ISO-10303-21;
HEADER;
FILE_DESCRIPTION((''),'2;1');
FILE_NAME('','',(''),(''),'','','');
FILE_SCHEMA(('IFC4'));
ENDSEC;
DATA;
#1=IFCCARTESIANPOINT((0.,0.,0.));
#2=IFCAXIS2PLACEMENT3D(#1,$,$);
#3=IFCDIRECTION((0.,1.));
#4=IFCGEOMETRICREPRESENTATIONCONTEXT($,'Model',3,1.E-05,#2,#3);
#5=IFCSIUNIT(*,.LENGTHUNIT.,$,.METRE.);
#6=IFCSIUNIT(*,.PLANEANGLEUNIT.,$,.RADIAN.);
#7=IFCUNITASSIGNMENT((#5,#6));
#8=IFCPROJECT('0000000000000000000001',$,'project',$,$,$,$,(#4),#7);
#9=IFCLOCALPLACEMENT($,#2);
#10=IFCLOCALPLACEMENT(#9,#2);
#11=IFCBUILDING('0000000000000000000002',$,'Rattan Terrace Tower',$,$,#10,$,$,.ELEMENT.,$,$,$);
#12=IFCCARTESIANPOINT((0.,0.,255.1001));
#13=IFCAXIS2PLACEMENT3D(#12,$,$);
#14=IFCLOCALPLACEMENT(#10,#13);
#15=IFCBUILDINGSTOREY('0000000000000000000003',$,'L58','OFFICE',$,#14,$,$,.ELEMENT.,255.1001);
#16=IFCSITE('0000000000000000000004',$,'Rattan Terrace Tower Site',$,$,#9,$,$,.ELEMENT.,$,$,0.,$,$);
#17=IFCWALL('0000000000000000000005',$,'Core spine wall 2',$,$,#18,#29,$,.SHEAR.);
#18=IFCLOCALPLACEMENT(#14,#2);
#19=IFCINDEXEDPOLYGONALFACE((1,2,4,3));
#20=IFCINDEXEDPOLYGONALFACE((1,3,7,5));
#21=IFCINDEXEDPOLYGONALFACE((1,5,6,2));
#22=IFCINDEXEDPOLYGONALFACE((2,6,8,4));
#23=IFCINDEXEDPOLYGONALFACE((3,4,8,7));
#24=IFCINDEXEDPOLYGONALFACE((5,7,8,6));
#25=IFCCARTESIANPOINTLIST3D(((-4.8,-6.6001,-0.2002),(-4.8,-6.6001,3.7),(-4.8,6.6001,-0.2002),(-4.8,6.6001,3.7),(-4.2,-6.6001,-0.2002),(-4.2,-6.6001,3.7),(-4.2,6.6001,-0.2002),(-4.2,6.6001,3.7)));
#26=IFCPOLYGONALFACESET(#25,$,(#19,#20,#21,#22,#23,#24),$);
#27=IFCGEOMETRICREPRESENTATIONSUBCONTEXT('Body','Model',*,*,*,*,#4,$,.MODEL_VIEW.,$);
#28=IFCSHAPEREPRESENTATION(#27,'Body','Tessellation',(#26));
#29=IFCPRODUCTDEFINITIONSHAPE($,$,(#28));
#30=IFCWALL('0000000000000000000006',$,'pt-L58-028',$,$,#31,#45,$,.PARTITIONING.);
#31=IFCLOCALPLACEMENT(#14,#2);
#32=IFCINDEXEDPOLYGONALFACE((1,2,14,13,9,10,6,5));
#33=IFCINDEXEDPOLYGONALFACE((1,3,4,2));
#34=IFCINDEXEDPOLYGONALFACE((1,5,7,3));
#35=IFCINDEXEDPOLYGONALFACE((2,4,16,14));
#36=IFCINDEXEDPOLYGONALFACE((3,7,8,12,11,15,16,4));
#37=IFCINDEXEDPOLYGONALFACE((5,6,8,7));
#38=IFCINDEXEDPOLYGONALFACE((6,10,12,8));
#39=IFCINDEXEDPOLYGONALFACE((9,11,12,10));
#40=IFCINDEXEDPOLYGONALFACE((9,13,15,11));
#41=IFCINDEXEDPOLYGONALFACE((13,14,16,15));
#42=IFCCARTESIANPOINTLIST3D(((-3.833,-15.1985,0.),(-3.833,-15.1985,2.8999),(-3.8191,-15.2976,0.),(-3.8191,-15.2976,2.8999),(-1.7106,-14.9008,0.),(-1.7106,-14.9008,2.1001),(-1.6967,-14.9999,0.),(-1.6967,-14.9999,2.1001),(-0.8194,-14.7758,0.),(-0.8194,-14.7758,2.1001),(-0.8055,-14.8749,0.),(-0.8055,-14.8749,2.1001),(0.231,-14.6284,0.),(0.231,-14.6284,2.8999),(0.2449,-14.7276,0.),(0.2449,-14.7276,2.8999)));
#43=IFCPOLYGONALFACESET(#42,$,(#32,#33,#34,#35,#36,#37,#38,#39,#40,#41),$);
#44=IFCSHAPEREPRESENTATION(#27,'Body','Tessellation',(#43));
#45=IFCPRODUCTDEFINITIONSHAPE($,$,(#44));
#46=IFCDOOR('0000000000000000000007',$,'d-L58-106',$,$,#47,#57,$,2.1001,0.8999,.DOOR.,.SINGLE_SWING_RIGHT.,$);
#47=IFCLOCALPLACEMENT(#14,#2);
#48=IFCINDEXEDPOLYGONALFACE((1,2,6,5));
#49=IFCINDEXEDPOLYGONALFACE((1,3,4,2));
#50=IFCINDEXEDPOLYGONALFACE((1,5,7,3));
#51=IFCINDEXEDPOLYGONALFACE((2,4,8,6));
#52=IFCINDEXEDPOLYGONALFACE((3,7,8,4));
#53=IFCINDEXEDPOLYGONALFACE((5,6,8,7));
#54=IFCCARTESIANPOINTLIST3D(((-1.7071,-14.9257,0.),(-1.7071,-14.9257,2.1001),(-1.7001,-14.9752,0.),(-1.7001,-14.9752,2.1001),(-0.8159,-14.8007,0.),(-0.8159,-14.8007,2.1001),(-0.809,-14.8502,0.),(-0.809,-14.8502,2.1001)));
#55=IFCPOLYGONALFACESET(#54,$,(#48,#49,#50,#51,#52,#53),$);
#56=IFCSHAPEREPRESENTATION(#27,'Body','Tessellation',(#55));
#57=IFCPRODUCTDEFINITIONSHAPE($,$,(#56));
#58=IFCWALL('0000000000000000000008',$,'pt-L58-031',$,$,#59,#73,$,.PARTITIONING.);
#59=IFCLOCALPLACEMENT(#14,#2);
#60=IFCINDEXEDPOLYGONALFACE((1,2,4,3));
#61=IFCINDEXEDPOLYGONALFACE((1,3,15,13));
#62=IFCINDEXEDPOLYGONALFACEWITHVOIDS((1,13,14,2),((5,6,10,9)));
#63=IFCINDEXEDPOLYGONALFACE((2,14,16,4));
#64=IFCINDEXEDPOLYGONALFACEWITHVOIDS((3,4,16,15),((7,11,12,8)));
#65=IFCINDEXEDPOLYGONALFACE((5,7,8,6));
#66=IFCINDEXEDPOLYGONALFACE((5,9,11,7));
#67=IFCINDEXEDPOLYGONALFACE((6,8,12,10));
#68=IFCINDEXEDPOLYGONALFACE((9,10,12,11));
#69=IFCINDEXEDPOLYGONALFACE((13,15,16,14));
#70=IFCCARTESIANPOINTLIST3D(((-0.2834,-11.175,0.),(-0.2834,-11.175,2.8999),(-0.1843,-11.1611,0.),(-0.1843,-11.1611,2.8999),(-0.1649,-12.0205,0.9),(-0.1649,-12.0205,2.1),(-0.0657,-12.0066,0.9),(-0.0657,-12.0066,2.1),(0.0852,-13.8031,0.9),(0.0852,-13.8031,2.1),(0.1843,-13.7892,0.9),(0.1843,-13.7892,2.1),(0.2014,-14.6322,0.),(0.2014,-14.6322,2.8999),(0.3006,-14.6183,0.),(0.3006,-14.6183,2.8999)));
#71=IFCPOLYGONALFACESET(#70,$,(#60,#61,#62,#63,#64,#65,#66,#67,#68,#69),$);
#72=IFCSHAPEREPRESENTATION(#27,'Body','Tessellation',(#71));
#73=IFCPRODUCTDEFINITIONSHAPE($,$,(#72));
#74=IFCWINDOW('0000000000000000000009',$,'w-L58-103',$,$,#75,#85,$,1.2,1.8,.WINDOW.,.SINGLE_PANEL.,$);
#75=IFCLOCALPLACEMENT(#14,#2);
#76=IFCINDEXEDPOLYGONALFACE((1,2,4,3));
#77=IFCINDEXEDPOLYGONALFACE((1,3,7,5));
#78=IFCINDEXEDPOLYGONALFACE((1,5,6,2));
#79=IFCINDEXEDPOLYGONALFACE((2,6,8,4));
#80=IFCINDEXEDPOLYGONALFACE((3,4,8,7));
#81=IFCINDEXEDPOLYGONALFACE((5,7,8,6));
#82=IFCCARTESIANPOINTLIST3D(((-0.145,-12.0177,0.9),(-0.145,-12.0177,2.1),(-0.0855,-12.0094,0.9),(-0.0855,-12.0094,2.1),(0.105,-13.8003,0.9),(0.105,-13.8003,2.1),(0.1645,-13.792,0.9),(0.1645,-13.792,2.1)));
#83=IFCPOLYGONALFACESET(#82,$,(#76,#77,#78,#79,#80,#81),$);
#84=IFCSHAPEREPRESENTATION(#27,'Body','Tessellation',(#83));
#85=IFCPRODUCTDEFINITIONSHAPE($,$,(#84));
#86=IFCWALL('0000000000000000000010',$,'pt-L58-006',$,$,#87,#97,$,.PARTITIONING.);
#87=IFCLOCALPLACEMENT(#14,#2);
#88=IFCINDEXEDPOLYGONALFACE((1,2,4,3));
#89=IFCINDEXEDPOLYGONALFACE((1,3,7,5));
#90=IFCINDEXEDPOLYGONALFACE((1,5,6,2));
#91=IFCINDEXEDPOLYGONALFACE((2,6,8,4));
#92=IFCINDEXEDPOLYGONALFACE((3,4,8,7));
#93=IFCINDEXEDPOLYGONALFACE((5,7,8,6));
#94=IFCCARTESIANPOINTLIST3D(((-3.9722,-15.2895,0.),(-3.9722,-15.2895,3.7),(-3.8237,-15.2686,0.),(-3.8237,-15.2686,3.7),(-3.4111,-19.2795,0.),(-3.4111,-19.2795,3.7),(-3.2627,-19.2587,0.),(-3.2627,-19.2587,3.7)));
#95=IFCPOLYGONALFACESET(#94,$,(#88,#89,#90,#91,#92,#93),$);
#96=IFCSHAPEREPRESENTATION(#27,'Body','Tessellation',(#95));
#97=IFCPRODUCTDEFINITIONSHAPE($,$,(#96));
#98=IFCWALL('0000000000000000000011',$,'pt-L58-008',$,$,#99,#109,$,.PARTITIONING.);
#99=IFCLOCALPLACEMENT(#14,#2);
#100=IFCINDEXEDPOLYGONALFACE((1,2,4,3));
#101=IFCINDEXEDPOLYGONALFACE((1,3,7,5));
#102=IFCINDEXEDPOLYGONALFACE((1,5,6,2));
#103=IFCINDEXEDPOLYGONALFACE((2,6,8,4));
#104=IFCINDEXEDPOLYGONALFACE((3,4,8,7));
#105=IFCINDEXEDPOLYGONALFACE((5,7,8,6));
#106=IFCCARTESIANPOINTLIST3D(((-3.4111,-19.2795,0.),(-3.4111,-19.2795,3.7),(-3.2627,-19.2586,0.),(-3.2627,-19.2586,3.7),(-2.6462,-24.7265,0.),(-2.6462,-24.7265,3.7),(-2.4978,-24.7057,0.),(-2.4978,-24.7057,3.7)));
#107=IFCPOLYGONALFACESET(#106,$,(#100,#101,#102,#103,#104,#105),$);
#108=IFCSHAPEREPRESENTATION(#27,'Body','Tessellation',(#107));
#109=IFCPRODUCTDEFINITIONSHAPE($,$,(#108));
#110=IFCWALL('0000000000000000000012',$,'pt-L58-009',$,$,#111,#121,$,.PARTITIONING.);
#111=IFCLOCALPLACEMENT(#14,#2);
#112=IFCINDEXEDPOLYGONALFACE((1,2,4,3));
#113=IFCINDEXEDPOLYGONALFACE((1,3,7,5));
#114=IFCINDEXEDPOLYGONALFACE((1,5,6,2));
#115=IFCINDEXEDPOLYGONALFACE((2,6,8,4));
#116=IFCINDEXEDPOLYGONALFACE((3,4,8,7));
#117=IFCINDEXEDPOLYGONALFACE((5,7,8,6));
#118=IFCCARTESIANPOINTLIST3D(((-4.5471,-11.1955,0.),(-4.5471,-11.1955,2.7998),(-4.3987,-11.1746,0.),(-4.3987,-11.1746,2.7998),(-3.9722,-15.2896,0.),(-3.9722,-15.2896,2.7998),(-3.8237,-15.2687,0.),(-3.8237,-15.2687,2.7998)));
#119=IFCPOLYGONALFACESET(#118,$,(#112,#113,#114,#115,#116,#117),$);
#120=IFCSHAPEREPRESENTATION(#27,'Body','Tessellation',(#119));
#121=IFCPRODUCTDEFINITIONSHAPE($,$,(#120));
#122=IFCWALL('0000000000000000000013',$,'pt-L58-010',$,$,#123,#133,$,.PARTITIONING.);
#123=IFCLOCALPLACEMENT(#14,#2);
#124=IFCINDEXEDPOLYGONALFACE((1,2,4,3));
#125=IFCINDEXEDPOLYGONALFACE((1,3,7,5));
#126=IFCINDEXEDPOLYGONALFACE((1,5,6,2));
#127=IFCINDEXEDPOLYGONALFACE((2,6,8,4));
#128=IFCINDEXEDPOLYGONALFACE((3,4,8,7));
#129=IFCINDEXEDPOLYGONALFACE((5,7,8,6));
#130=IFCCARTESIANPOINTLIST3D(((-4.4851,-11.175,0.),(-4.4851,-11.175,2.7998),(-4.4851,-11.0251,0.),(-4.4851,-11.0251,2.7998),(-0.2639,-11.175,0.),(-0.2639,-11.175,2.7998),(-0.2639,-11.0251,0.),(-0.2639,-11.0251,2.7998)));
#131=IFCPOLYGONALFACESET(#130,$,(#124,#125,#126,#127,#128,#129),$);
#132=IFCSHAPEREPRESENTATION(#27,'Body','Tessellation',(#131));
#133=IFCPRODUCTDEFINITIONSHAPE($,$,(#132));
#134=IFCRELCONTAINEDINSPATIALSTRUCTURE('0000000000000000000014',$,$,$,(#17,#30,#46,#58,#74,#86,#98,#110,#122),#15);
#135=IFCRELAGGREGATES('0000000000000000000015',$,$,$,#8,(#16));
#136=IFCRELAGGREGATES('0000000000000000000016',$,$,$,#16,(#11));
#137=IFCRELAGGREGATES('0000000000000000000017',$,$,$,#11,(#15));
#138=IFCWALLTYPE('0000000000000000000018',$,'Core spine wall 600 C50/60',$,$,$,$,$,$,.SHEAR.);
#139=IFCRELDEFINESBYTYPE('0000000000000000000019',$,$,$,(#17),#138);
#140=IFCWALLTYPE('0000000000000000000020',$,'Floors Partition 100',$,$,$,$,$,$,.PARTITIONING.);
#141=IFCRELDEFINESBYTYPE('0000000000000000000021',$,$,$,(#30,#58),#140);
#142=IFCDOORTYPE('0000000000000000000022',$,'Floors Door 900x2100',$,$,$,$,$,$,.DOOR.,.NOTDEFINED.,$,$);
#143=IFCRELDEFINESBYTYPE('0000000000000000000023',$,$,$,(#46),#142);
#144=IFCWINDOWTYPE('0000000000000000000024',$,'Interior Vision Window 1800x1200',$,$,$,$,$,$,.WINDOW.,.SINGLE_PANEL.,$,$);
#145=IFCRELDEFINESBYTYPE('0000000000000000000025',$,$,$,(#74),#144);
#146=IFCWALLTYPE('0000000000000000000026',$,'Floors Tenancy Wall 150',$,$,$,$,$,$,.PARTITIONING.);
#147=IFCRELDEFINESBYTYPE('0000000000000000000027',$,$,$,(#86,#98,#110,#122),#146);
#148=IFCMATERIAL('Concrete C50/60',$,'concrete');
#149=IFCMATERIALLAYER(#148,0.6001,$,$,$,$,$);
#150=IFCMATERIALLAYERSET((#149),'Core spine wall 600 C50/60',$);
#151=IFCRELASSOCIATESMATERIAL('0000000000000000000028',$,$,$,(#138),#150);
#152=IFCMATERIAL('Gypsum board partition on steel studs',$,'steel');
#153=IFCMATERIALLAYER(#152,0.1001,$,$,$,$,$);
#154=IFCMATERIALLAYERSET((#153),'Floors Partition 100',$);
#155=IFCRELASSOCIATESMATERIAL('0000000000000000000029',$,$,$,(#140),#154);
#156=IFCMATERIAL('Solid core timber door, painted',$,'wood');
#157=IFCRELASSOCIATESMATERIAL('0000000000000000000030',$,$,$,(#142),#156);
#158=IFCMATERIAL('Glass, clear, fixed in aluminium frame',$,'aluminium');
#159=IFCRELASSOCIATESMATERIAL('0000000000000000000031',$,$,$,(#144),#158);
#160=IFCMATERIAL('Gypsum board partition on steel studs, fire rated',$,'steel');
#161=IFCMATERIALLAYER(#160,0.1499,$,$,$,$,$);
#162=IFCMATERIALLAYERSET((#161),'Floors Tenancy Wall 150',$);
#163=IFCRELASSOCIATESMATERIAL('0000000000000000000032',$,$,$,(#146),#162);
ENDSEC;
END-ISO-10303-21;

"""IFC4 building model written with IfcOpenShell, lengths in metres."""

from ifc_helpers import new_model, si_unit, direction, frame, frame_2d, origin, place, context, subcontext, project, spatial, rectangle, extrude, material, layer, layer_set, type_object, element, fill, save


model = new_model("IFC4")

# Units and contexts
model_context = context("Model", 3, precision=1e-05, world=origin(), true_north=direction((0.0, 1.0)))
body_context = subcontext(model_context, "Body", "Model", "MODEL_VIEW")
ifc_project = project(units=[si_unit("LENGTHUNIT", "METRE"), si_unit("PLANEANGLEUNIT", "RADIAN")], contexts=[model_context])

# Site, building, storey
site_placement = place(None, origin())
site = spatial("IfcSite", under=ifc_project, at=site_placement, Name="Rattan Terrace Tower Site", CompositionType="ELEMENT", RefElevation=0.0)
building_placement = place(site_placement, origin())
building = spatial("IfcBuilding", under=site, at=building_placement, Name="Rattan Terrace Tower", CompositionType="ELEMENT")
storey_placement = place(building_placement, frame((0.0, 0.0, 255.1001)))
storey = spatial("IfcBuildingStorey", under=building, at=storey_placement, Name="L58", Description="OFFICE", CompositionType="ELEMENT", Elevation=255.1001)

# Wall
ifc_material_1 = material(Name="Concrete C50/60", Category="concrete")
ifc_layer_1 = layer(ifc_material_1, 0.6001)
ifc_layer_set_1 = layer_set([ifc_layer_1], Name="Core spine wall 600 C50/60")
wall_type_1 = type_object("IfcWallType", Name="Core spine wall 600 C50/60", PredefinedType="SHEAR", material=ifc_layer_set_1)
wall_1_placement = place(storey_placement, frame((-4.5, -6.6001, -0.2002), z_axis=(0.0, 0.0, 1.0), x_axis=(0.0, 1.0, 0.0)))
element("IfcWall", 1, at=wall_1_placement, inside=storey, type_object=wall_type_1, Name="Core spine wall 2", PredefinedType="SHEAR", context=body_context, shape_type="SweptSolid", body=[
    extrude(rectangle(XDim=13.2002, YDim=0.6001, at=frame_2d((6.6001, 0.0))), origin(), (0.0, 0.0, 1.0), 3.9001),
])

# Wall, opening, door
ifc_material_2 = material(Name="Gypsum board partition on steel studs", Category="steel")
ifc_layer_2 = layer(ifc_material_2, 0.1001)
ifc_layer_set_2 = layer_set([ifc_layer_2], Name="Floors Partition 100")
wall_type_2 = type_object("IfcWallType", Name="Floors Partition 100", PredefinedType="PARTITIONING", material=ifc_layer_set_2)
wall_2_placement = place(storey_placement, frame((-3.8259, -15.248, 0.0), z_axis=(0.0, 0.0, 1.0), x_axis=(0.990304, 0.138914, 0.0)))
wall_2 = element("IfcWall", 2, at=wall_2_placement, inside=storey, type_object=wall_type_2, Name="pt-L58-028", PredefinedType="PARTITIONING", context=body_context, shape_type="SweptSolid", body=[
    extrude(rectangle(XDim=4.1038, YDim=0.1001, at=frame_2d((2.0518, 0.0))), origin(), (0.0, 0.0, 1.0), 2.8999),
])
opening_1_placement = place(wall_2_placement, frame((2.1431, 0.0, 0.0)))
opening_1 = element("IfcOpeningElement", 3, at=opening_1_placement, cuts=wall_2, PredefinedType="OPENING", context=body_context, shape_type="SweptSolid", body=[
    extrude(rectangle(XDim=0.8999, YDim=2.1001, at=frame_2d((0.45, 1.05))), frame((0.0, 0.0605, 0.0), z_axis=(0.0, -1.0, 0.0), x_axis=(1.0, 0.0, 0.0)), (0.0, 0.0, 1.0), 0.1211),
])
ifc_material_3 = material(Name="Solid core timber door, painted", Category="wood")
door_type_1 = type_object("IfcDoorType", Name="Floors Door 900x2100", OperationType="NOTDEFINED", PredefinedType="DOOR", material=ifc_material_3)
door_1_placement = place(opening_1_placement, origin())
door_1 = element("IfcDoor", 4, at=door_1_placement, inside=storey, type_object=door_type_1, Name="d-L58-106", OperationType="SINGLE_SWING_RIGHT", OverallHeight=2.1001, OverallWidth=0.8999, PredefinedType="DOOR", context=body_context, shape_type="SweptSolid", body=[
    extrude(rectangle(XDim=0.8999, YDim=2.1001, at=frame_2d((0.45, 1.05))), frame((0.0, 0.0249, 0.0), z_axis=(0.0, -1.0, 0.0), x_axis=(1.0, 0.0, 0.0)), (0.0, 0.0, 1.0), 0.05),
])
fill(opening_1, door_1)

# Wall, opening, window
wall_3_placement = place(storey_placement, frame((-0.2339, -11.168, 0.0), z_axis=(0.0, 0.0, 1.0), x_axis=(0.138895, -0.990307, 0.0)))
wall_3 = element("IfcWall", 5, at=wall_3_placement, inside=storey, type_object=wall_type_2, Name="pt-L58-031", PredefinedType="PARTITIONING", context=body_context, shape_type="SweptSolid", body=[
    extrude(rectangle(XDim=3.491, YDim=0.1001, at=frame_2d((1.7456, 0.0))), origin(), (0.0, 0.0, 1.0), 2.8999),
])
opening_2_placement = place(wall_3_placement, frame((0.854, 0.0, 0.8999)))
opening_2 = element("IfcOpeningElement", 6, at=opening_2_placement, cuts=wall_3, PredefinedType="OPENING", context=body_context, shape_type="SweptSolid", body=[
    extrude(rectangle(XDim=1.8, YDim=1.2, at=frame_2d((0.8999, 0.6001))), frame((0.0, 0.0605, 0.0), z_axis=(0.0, -1.0, 0.0), x_axis=(1.0, 0.0, 0.0)), (0.0, 0.0, 1.0), 0.1211),
])
ifc_material_4 = material(Name="Glass, clear, fixed in aluminium frame", Category="aluminium")
window_type = type_object("IfcWindowType", Name="Interior Vision Window 1800x1200", PartitioningType="SINGLE_PANEL", PredefinedType="WINDOW", material=ifc_material_4)
window_placement = place(opening_2_placement, origin())
window = element("IfcWindow", 7, at=window_placement, inside=storey, type_object=window_type, Name="w-L58-103", OverallHeight=1.2, OverallWidth=1.8, PartitioningType="SINGLE_PANEL", PredefinedType="WINDOW", context=body_context, shape_type="SweptSolid", body=[
    extrude(rectangle(XDim=1.8, YDim=1.2, at=frame_2d((0.8999, 0.6001))), frame((0.0, 0.03, 0.0), z_axis=(0.0, -1.0, 0.0), x_axis=(1.0, 0.0, 0.0)), (0.0, 0.0, 1.0), 0.0601),
])
fill(opening_2, window)

# Walls
ifc_material_5 = material(Name="Gypsum board partition on steel studs, fire rated", Category="steel")
ifc_layer_3 = layer(ifc_material_5, 0.1499)
ifc_layer_set_3 = layer_set([ifc_layer_3], Name="Floors Tenancy Wall 150")
wall_type_3 = type_object("IfcWallType", Name="Floors Tenancy Wall 150", PredefinedType="PARTITIONING", material=ifc_layer_set_3)
wall_4_placement = place(storey_placement, frame((-3.8979, -15.2791, 0.0), z_axis=(0.0, 0.0, 1.0), x_axis=(0.139241, -0.990259, 0.0)))
element("IfcWall", 8, at=wall_4_placement, inside=storey, type_object=wall_type_3, Name="pt-L58-006", PredefinedType="PARTITIONING", context=body_context, shape_type="SweptSolid", body=[
    extrude(rectangle(XDim=4.0293, YDim=0.1499, at=frame_2d((2.0146, 0.0))), origin(), (0.0, 0.0, 1.0), 3.7),
])
wall_5_placement = place(storey_placement, frame((-3.3369, -19.269, 0.0), z_axis=(0.0, 0.0, 1.0), x_axis=(0.13906, -0.990284, 0.0)))
element("IfcWall", 9, at=wall_5_placement, inside=storey, type_object=wall_type_3, Name="pt-L58-008", PredefinedType="PARTITIONING", context=body_context, shape_type="SweptSolid", body=[
    extrude(rectangle(XDim=5.5005, YDim=0.1499, at=frame_2d((2.7502, 0.0))), origin(), (0.0, 0.0, 1.0), 3.7),
])
wall_6_placement = place(storey_placement, frame((-4.4729, -11.1851, 0.0), z_axis=(0.0, 0.0, 1.0), x_axis=(0.139073, -0.990282, 0.0)))
element("IfcWall", 10, at=wall_6_placement, inside=storey, type_object=wall_type_3, Name="pt-L58-009", PredefinedType="PARTITIONING", context=body_context, shape_type="SweptSolid", body=[
    extrude(rectangle(XDim=4.1343, YDim=0.1499, at=frame_2d((2.0671, 0.0))), origin(), (0.0, 0.0, 1.0), 2.7998),
])
wall_7_placement = place(storey_placement, frame((-0.2639, -11.1001, 0.0), z_axis=(0.0, 0.0, 1.0), x_axis=(-1.0, 0.0, 0.0)))
element("IfcWall", 11, at=wall_7_placement, inside=storey, type_object=wall_type_3, Name="pt-L58-010", PredefinedType="PARTITIONING", context=body_context, shape_type="SweptSolid", body=[
    extrude(rectangle(XDim=4.2212, YDim=0.1499, at=frame_2d((2.1106, 0.0))), origin(), (0.0, 0.0, 1.0), 2.7998),
])

save(model, "model.ifc")
